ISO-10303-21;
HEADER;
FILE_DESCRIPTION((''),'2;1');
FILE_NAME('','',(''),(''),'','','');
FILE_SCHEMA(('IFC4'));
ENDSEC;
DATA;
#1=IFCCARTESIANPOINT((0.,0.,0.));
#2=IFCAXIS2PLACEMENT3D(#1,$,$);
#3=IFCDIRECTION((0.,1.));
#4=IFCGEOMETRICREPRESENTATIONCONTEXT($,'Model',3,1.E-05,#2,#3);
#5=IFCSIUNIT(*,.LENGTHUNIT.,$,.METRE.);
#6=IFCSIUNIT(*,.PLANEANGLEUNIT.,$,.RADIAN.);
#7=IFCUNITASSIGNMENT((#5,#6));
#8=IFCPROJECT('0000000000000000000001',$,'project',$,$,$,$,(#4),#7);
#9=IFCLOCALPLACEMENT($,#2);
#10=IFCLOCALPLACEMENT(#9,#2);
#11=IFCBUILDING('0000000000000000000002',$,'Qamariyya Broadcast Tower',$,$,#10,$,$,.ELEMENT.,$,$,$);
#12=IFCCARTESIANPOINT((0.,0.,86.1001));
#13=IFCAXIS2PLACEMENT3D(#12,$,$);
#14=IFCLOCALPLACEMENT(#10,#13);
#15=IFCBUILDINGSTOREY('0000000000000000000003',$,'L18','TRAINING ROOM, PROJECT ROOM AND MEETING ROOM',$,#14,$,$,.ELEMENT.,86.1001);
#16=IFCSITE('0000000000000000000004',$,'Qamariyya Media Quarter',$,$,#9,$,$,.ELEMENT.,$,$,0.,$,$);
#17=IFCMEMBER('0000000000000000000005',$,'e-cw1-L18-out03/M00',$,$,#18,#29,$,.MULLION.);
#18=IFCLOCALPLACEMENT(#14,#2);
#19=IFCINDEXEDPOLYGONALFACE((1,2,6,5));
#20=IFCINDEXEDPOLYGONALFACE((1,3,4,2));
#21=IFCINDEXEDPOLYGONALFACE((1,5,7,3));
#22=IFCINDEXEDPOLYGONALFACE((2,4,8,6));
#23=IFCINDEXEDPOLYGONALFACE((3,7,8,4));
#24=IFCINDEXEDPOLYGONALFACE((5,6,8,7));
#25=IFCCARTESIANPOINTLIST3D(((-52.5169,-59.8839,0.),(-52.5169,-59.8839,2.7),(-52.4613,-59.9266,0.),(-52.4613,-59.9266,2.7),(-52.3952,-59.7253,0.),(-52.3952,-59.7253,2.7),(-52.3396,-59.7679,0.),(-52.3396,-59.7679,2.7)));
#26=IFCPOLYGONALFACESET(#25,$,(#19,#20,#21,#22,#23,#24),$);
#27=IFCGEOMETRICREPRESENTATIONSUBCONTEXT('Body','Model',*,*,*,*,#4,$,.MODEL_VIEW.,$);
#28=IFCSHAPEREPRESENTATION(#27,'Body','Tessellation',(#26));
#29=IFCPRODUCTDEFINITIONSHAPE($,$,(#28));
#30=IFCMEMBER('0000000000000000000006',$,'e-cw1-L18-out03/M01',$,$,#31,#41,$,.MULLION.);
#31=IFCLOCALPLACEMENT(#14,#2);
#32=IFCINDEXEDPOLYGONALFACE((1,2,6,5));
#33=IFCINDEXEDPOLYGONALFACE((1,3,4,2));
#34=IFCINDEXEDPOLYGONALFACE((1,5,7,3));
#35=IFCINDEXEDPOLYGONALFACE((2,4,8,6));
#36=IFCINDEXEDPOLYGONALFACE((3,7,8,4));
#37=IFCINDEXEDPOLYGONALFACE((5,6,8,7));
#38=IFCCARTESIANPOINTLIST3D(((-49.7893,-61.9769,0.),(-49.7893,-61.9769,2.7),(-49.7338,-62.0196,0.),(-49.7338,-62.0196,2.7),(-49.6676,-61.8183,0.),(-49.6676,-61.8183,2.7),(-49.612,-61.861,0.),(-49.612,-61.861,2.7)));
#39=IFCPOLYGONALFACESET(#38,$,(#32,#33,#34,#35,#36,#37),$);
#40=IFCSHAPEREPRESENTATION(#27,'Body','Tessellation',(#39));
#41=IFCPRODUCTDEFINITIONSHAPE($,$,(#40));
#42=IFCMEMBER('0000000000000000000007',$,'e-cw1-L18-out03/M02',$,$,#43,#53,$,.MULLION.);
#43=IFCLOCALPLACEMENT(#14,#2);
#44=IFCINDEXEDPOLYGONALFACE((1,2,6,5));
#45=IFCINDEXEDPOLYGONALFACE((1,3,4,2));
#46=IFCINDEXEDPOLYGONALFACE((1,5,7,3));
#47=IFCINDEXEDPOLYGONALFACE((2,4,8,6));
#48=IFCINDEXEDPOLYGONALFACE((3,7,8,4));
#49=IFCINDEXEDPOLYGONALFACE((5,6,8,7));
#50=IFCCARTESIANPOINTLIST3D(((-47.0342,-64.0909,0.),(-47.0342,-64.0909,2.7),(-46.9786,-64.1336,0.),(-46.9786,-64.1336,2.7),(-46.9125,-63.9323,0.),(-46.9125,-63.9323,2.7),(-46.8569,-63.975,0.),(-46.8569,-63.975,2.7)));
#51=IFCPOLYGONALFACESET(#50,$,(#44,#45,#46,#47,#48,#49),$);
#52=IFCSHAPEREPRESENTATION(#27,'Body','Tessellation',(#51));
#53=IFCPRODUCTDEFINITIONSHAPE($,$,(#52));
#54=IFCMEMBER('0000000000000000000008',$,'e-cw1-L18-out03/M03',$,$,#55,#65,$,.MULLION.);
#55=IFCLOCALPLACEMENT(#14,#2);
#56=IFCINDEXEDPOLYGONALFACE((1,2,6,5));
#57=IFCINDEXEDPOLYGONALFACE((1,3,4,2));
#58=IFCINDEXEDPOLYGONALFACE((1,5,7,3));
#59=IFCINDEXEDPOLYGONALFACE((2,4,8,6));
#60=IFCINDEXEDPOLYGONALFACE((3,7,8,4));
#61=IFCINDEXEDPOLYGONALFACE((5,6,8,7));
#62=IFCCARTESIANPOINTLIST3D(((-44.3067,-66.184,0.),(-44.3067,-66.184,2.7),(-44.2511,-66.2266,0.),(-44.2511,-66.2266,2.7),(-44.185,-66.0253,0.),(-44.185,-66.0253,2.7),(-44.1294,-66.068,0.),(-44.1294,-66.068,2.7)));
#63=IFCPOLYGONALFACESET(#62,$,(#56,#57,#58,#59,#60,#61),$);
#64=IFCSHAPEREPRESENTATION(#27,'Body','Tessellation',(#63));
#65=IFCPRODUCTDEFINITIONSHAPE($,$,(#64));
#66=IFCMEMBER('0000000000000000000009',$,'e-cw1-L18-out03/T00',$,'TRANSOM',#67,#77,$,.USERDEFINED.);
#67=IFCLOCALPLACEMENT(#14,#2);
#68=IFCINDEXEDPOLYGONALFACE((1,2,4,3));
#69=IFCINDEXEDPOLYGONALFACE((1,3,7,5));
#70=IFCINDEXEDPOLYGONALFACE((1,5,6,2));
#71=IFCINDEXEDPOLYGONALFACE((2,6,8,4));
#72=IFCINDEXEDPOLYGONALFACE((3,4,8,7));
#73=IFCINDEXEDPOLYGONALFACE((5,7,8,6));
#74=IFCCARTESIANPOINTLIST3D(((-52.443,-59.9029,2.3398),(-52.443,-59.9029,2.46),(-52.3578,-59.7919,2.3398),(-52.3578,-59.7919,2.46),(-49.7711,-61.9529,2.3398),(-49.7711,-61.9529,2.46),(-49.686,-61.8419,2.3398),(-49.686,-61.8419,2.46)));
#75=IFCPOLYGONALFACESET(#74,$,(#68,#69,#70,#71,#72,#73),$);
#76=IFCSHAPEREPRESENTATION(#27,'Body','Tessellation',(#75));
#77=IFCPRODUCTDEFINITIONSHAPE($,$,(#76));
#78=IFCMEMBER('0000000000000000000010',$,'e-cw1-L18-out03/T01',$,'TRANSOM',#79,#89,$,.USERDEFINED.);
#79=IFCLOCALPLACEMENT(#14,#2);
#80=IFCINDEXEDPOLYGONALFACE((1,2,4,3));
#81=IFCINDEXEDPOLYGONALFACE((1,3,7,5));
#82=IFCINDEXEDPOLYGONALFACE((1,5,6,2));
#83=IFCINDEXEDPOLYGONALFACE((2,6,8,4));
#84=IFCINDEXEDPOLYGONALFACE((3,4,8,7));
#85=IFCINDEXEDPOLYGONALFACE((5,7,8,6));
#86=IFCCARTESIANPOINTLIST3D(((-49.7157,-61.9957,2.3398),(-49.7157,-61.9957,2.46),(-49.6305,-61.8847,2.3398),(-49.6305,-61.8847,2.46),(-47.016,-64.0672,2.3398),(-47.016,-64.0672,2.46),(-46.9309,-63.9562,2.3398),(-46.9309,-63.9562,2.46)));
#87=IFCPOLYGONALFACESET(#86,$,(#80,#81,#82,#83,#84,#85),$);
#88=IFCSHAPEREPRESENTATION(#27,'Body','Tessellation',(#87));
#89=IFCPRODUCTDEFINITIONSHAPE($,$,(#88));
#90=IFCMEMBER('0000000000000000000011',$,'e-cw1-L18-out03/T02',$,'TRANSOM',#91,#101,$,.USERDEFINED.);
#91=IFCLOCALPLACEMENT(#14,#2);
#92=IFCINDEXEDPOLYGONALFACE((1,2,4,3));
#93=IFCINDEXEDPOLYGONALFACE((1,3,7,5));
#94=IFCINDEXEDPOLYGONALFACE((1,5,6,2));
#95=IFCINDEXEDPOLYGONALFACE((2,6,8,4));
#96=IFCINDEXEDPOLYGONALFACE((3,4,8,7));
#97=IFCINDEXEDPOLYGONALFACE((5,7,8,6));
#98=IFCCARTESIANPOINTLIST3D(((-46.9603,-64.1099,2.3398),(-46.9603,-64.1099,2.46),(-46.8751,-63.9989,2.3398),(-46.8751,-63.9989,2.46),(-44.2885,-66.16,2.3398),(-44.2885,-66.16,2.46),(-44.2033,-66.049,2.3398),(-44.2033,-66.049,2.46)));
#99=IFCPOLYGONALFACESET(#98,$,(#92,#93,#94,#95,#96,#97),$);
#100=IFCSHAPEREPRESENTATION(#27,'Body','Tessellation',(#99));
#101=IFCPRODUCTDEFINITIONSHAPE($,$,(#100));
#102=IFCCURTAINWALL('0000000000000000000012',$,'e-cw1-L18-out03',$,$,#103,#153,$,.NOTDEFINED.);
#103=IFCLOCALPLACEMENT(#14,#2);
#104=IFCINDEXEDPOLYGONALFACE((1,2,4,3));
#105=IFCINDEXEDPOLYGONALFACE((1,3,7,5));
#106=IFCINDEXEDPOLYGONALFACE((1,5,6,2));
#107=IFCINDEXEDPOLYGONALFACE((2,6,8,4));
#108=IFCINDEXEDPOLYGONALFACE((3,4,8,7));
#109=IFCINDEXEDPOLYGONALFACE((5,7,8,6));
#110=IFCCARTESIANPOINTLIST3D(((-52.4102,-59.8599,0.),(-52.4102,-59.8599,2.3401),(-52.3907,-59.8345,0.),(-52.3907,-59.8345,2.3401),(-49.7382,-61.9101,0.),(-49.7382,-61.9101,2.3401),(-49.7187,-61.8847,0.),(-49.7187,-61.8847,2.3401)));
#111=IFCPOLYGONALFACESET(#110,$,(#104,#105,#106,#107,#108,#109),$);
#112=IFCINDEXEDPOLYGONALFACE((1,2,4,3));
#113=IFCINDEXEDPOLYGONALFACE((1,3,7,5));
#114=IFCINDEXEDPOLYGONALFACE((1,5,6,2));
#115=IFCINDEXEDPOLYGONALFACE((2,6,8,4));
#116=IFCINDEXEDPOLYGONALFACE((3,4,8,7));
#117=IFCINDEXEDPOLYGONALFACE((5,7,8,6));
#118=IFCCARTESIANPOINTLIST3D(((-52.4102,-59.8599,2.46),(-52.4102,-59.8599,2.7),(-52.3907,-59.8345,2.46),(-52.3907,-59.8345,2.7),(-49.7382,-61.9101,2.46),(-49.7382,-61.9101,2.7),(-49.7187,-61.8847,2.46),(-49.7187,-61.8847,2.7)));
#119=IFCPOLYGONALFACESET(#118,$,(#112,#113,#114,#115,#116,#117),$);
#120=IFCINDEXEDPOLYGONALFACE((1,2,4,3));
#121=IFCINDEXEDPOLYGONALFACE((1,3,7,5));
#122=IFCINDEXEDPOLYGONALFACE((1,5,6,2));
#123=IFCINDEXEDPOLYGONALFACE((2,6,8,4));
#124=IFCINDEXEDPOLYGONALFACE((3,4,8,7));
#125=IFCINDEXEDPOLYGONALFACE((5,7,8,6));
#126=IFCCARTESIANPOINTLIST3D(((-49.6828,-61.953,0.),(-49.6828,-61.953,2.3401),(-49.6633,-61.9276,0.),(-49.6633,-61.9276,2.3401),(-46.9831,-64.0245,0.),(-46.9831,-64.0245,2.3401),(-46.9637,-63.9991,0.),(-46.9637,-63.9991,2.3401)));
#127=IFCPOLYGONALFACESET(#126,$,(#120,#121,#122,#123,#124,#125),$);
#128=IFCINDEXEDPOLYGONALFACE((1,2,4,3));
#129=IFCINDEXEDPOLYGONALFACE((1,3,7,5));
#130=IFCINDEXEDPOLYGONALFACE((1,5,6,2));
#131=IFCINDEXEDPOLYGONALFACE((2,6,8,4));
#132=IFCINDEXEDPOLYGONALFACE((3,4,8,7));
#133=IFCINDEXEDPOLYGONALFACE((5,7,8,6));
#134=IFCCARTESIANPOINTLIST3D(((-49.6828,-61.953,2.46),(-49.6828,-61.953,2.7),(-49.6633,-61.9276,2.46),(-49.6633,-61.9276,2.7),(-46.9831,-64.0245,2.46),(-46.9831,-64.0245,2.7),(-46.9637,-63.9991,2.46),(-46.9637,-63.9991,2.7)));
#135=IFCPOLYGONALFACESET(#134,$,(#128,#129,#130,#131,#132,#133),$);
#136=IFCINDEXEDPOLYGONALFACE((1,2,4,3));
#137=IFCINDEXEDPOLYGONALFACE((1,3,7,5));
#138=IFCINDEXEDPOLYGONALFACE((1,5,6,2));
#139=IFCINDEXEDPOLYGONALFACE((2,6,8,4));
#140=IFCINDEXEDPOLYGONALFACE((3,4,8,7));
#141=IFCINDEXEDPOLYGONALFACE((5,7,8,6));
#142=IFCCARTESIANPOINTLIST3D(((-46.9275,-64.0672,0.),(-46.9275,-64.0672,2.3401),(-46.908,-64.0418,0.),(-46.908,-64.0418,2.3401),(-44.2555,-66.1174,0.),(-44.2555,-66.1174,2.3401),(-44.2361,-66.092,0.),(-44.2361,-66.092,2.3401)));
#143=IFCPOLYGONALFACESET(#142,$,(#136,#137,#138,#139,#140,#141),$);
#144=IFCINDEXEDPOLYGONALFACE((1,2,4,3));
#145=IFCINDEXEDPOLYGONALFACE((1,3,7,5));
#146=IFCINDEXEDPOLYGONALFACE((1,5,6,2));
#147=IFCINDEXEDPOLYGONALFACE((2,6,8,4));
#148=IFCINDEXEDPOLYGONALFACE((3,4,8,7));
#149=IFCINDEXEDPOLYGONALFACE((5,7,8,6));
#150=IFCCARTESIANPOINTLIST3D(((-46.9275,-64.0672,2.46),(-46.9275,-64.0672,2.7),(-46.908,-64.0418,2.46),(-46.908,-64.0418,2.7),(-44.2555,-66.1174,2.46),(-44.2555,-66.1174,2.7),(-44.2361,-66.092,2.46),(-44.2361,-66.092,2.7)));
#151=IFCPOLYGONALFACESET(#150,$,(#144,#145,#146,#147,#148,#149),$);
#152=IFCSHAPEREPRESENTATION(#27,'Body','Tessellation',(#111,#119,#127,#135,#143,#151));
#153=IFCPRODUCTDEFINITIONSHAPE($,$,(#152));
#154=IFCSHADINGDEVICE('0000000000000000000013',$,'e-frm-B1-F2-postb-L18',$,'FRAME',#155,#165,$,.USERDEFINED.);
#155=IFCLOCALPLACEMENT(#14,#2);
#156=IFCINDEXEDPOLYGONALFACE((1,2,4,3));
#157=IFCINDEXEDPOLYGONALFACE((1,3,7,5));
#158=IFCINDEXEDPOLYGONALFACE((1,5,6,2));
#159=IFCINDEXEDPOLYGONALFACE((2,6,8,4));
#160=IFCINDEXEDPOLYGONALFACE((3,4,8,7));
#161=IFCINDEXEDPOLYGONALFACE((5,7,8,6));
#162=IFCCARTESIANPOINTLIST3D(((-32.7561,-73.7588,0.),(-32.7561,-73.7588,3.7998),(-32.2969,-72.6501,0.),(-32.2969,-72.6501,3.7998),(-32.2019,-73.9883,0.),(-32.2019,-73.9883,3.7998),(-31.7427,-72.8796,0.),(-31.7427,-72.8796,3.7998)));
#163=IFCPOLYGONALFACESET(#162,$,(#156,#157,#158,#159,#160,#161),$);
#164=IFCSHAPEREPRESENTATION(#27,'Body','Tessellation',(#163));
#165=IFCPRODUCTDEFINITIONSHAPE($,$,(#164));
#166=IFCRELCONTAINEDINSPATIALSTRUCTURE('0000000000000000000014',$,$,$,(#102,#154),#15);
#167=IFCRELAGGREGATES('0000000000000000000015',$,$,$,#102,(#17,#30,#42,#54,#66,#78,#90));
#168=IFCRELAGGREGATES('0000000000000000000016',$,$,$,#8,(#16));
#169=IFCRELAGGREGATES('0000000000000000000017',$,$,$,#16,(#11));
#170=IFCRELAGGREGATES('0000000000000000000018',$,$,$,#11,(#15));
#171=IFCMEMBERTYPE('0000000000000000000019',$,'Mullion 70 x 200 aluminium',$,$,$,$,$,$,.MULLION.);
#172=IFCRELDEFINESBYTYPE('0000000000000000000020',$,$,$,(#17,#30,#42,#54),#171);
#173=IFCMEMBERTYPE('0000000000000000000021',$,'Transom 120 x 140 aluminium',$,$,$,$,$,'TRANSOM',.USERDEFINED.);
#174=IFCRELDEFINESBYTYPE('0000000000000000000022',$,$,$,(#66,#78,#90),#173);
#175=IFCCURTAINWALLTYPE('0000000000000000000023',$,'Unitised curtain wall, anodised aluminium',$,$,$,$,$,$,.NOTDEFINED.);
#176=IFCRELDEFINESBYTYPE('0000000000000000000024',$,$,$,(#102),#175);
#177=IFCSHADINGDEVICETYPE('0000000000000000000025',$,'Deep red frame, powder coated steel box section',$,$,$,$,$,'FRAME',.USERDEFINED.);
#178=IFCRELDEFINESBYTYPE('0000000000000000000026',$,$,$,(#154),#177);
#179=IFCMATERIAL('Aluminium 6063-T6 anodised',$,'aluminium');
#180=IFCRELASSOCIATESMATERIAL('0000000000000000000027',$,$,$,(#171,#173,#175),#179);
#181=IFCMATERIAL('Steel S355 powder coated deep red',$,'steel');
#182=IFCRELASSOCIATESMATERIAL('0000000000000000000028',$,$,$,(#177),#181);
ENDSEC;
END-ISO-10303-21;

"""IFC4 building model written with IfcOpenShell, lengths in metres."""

from ifc_helpers import new_model, si_unit, direction, frame, origin, origin_2d, place, context, subcontext, project, spatial, polyline, rectangle, outline, extrude, material, material_profile, profile_set, type_object, element, aggregate, save


model = new_model("IFC4")

# Units and contexts
model_context = context("Model", 3, precision=1e-05, world=origin(), true_north=direction((0.0, 1.0)))
body_context = subcontext(model_context, "Body", "Model", "MODEL_VIEW")
ifc_project = project(units=[si_unit("LENGTHUNIT", "METRE"), si_unit("PLANEANGLEUNIT", "RADIAN")], contexts=[model_context])

# Members
ifc_material_1 = material(Name="Aluminium 6063-T6 anodised", Category="aluminium")
ifc_material_profile_1 = material_profile(ifc_material_1, rectangle(XDim=0.2, YDim=0.0701, at=origin_2d()))
ifc_profile_set_1 = profile_set([ifc_material_profile_1], Name="Aluminium 6063-T6 anodised")
member_type_1 = type_object("IfcMemberType", Name="Mullion 70 x 200 aluminium", PredefinedType="MULLION", material=ifc_profile_set_1)
site_placement = place(None, origin())
building_placement = place(site_placement, origin())
storey_placement = place(building_placement, frame((0.0, 0.0, 86.1001)))
member_1_placement = place(storey_placement, frame((-52.4282, -59.8259, 0.0), z_axis=(0.0, 0.0, 1.0), x_axis=(0.608761, 0.793353, 0.0)))
member_1 = element("IfcMember", 1, at=member_1_placement, type_object=member_type_1, Name="e-cw1-L18-out03/M00", PredefinedType="MULLION", context=body_context, shape_type="SweptSolid", body=[
    extrude(rectangle(XDim=0.2, YDim=0.0701, at=origin_2d()), origin(), (0.0, 0.0, 1.0), 2.7),
])
member_2_placement = place(storey_placement, frame((-49.7007, -61.9189, 0.0), z_axis=(0.0, 0.0, 1.0), x_axis=(0.608761, 0.793353, 0.0)))
member_2 = element("IfcMember", 2, at=member_2_placement, type_object=member_type_1, Name="e-cw1-L18-out03/M01", PredefinedType="MULLION", context=body_context, shape_type="SweptSolid", body=[
    extrude(rectangle(XDim=0.2, YDim=0.0701, at=origin_2d()), origin(), (0.0, 0.0, 1.0), 2.7),
])
member_3_placement = place(storey_placement, frame((-46.9456, -64.033, 0.0), z_axis=(0.0, 0.0, 1.0), x_axis=(0.608761, 0.793353, 0.0)))
member_3 = element("IfcMember", 3, at=member_3_placement, type_object=member_type_1, Name="e-cw1-L18-out03/M02", PredefinedType="MULLION", context=body_context, shape_type="SweptSolid", body=[
    extrude(rectangle(XDim=0.2, YDim=0.0701, at=origin_2d()), origin(), (0.0, 0.0, 1.0), 2.7),
])
member_4_placement = place(storey_placement, frame((-44.218, -66.126, 0.0), z_axis=(0.0, 0.0, 1.0), x_axis=(0.608761, 0.793353, 0.0)))
member_4 = element("IfcMember", 4, at=member_4_placement, type_object=member_type_1, Name="e-cw1-L18-out03/M03", PredefinedType="MULLION", context=body_context, shape_type="SweptSolid", body=[
    extrude(rectangle(XDim=0.2, YDim=0.0701, at=origin_2d()), origin(), (0.0, 0.0, 1.0), 2.7),
])
ifc_material_profile_2 = material_profile(ifc_material_1, rectangle(XDim=0.1399, YDim=0.1201, at=origin_2d()))
ifc_profile_set_2 = profile_set([ifc_material_profile_2], Name="Aluminium 6063-T6 anodised")
member_type_2 = type_object("IfcMemberType", Name="Transom 120 x 140 aluminium", ElementType="TRANSOM", PredefinedType="USERDEFINED", material=ifc_profile_set_2)
member_5_placement = place(storey_placement, frame((-52.4004, -59.8474, 2.3999), z_axis=(0.793375, -0.608733, 0.0), x_axis=(0.608733, 0.793375, 0.0)))
member_5 = element("IfcMember", 5, at=member_5_placement, type_object=member_type_2, Name="e-cw1-L18-out03/T00", ObjectType="TRANSOM", PredefinedType="USERDEFINED", context=body_context, shape_type="SweptSolid", body=[
    extrude(rectangle(XDim=0.1399, YDim=0.1201, at=origin_2d()), origin(), (0.0, 0.0, 1.0), 3.3677),
])
member_6_placement = place(storey_placement, frame((-49.6731, -61.9402, 2.3999), z_axis=(0.793357, -0.608757, 0.0), x_axis=(0.608757, 0.793357, 0.0)))
member_6 = element("IfcMember", 6, at=member_6_placement, type_object=member_type_2, Name="e-cw1-L18-out03/T01", ObjectType="TRANSOM", PredefinedType="USERDEFINED", context=body_context, shape_type="SweptSolid", body=[
    extrude(rectangle(XDim=0.1399, YDim=0.1201, at=origin_2d()), origin(), (0.0, 0.0, 1.0), 3.4028),
])
member_7_placement = place(storey_placement, frame((-46.9177, -64.0544, 2.3999), z_axis=(0.793375, -0.608733, 0.0), x_axis=(0.608733, 0.793375, 0.0)))
member_7 = element("IfcMember", 7, at=member_7_placement, type_object=member_type_2, Name="e-cw1-L18-out03/T02", ObjectType="TRANSOM", PredefinedType="USERDEFINED", context=body_context, shape_type="SweptSolid", body=[
    extrude(rectangle(XDim=0.1399, YDim=0.1201, at=origin_2d()), origin(), (0.0, 0.0, 1.0), 3.3677),
])

# Site, building, storey
site = spatial("IfcSite", under=ifc_project, at=site_placement, Name="Qamariyya Media Quarter", CompositionType="ELEMENT", RefElevation=0.0)
building = spatial("IfcBuilding", under=site, at=building_placement, Name="Qamariyya Broadcast Tower", CompositionType="ELEMENT")
storey = spatial("IfcBuildingStorey", under=building, at=storey_placement, Name="L18", Description="TRAINING ROOM, PROJECT ROOM AND MEETING ROOM", CompositionType="ELEMENT", Elevation=86.1001)

# Curtain wall
curtain_wall_type = type_object("IfcCurtainWallType", Name="Unitised curtain wall, anodised aluminium", PredefinedType="NOTDEFINED", material=ifc_material_1)
curtain_wall_1_placement = place(storey_placement, origin())
curtain_wall_1 = element("IfcCurtainWall", 8, at=curtain_wall_1_placement, inside=storey, type_object=curtain_wall_type, Name="e-cw1-L18-out03", PredefinedType="NOTDEFINED", context=body_context, shape_type="SweptSolid", body=[
    extrude(rectangle(XDim=3.3679, YDim=0.032, at=origin_2d()), frame((-51.0645, -60.8723, 0.0), x_axis=(0.793358, -0.608756, 0.0)), (0.0, 0.0, 1.0), 2.3401),
    extrude(rectangle(XDim=3.3679, YDim=0.032, at=origin_2d()), frame((-51.0645, -60.8723, 2.46), x_axis=(0.793358, -0.608756, 0.0)), (0.0, 0.0, 1.0), 0.24),
    extrude(rectangle(XDim=3.4028, YDim=0.032, at=origin_2d()), frame((-48.3232, -62.9761, 0.0), x_axis=(0.793358, -0.608756, 0.0)), (0.0, 0.0, 1.0), 2.3401),
    extrude(rectangle(XDim=3.4028, YDim=0.032, at=origin_2d()), frame((-48.3232, -62.9761, 2.46), x_axis=(0.793358, -0.608756, 0.0)), (0.0, 0.0, 1.0), 0.24),
    extrude(rectangle(XDim=3.3679, YDim=0.032, at=origin_2d()), frame((-45.5818, -65.0796, 0.0), x_axis=(0.793358, -0.608756, 0.0)), (0.0, 0.0, 1.0), 2.3401),
    extrude(rectangle(XDim=3.3679, YDim=0.032, at=origin_2d()), frame((-45.5818, -65.0796, 2.46), x_axis=(0.793358, -0.608756, 0.0)), (0.0, 0.0, 1.0), 0.24),
])
aggregate(curtain_wall_1, [member_1, member_2, member_3, member_4, member_5, member_6, member_7])

# Shading device
ifc_material_2 = material(Name="Steel S355 powder coated deep red", Category="steel")
shading_device_type = type_object("IfcShadingDeviceType", Name="Deep red frame, powder coated steel box section", ElementType="FRAME", PredefinedType="USERDEFINED", material=ifc_material_2)
shading_device_placement = place(storey_placement, origin())
element("IfcShadingDevice", 9, at=shading_device_placement, inside=storey, type_object=shading_device_type, Name="e-frm-B1-F2-postb-L18", ObjectType="FRAME", PredefinedType="USERDEFINED", context=body_context, shape_type="SweptSolid", body=[
    extrude(outline(polyline([(-32.2969, -72.6501), (-32.7561, -73.7588), (-32.2019, -73.9883), (-31.7427, -72.8796), (-32.2969, -72.6501)])), origin(), (0.0, 0.0, 1.0), 3.7998),
])

save(model, "model.ifc")
